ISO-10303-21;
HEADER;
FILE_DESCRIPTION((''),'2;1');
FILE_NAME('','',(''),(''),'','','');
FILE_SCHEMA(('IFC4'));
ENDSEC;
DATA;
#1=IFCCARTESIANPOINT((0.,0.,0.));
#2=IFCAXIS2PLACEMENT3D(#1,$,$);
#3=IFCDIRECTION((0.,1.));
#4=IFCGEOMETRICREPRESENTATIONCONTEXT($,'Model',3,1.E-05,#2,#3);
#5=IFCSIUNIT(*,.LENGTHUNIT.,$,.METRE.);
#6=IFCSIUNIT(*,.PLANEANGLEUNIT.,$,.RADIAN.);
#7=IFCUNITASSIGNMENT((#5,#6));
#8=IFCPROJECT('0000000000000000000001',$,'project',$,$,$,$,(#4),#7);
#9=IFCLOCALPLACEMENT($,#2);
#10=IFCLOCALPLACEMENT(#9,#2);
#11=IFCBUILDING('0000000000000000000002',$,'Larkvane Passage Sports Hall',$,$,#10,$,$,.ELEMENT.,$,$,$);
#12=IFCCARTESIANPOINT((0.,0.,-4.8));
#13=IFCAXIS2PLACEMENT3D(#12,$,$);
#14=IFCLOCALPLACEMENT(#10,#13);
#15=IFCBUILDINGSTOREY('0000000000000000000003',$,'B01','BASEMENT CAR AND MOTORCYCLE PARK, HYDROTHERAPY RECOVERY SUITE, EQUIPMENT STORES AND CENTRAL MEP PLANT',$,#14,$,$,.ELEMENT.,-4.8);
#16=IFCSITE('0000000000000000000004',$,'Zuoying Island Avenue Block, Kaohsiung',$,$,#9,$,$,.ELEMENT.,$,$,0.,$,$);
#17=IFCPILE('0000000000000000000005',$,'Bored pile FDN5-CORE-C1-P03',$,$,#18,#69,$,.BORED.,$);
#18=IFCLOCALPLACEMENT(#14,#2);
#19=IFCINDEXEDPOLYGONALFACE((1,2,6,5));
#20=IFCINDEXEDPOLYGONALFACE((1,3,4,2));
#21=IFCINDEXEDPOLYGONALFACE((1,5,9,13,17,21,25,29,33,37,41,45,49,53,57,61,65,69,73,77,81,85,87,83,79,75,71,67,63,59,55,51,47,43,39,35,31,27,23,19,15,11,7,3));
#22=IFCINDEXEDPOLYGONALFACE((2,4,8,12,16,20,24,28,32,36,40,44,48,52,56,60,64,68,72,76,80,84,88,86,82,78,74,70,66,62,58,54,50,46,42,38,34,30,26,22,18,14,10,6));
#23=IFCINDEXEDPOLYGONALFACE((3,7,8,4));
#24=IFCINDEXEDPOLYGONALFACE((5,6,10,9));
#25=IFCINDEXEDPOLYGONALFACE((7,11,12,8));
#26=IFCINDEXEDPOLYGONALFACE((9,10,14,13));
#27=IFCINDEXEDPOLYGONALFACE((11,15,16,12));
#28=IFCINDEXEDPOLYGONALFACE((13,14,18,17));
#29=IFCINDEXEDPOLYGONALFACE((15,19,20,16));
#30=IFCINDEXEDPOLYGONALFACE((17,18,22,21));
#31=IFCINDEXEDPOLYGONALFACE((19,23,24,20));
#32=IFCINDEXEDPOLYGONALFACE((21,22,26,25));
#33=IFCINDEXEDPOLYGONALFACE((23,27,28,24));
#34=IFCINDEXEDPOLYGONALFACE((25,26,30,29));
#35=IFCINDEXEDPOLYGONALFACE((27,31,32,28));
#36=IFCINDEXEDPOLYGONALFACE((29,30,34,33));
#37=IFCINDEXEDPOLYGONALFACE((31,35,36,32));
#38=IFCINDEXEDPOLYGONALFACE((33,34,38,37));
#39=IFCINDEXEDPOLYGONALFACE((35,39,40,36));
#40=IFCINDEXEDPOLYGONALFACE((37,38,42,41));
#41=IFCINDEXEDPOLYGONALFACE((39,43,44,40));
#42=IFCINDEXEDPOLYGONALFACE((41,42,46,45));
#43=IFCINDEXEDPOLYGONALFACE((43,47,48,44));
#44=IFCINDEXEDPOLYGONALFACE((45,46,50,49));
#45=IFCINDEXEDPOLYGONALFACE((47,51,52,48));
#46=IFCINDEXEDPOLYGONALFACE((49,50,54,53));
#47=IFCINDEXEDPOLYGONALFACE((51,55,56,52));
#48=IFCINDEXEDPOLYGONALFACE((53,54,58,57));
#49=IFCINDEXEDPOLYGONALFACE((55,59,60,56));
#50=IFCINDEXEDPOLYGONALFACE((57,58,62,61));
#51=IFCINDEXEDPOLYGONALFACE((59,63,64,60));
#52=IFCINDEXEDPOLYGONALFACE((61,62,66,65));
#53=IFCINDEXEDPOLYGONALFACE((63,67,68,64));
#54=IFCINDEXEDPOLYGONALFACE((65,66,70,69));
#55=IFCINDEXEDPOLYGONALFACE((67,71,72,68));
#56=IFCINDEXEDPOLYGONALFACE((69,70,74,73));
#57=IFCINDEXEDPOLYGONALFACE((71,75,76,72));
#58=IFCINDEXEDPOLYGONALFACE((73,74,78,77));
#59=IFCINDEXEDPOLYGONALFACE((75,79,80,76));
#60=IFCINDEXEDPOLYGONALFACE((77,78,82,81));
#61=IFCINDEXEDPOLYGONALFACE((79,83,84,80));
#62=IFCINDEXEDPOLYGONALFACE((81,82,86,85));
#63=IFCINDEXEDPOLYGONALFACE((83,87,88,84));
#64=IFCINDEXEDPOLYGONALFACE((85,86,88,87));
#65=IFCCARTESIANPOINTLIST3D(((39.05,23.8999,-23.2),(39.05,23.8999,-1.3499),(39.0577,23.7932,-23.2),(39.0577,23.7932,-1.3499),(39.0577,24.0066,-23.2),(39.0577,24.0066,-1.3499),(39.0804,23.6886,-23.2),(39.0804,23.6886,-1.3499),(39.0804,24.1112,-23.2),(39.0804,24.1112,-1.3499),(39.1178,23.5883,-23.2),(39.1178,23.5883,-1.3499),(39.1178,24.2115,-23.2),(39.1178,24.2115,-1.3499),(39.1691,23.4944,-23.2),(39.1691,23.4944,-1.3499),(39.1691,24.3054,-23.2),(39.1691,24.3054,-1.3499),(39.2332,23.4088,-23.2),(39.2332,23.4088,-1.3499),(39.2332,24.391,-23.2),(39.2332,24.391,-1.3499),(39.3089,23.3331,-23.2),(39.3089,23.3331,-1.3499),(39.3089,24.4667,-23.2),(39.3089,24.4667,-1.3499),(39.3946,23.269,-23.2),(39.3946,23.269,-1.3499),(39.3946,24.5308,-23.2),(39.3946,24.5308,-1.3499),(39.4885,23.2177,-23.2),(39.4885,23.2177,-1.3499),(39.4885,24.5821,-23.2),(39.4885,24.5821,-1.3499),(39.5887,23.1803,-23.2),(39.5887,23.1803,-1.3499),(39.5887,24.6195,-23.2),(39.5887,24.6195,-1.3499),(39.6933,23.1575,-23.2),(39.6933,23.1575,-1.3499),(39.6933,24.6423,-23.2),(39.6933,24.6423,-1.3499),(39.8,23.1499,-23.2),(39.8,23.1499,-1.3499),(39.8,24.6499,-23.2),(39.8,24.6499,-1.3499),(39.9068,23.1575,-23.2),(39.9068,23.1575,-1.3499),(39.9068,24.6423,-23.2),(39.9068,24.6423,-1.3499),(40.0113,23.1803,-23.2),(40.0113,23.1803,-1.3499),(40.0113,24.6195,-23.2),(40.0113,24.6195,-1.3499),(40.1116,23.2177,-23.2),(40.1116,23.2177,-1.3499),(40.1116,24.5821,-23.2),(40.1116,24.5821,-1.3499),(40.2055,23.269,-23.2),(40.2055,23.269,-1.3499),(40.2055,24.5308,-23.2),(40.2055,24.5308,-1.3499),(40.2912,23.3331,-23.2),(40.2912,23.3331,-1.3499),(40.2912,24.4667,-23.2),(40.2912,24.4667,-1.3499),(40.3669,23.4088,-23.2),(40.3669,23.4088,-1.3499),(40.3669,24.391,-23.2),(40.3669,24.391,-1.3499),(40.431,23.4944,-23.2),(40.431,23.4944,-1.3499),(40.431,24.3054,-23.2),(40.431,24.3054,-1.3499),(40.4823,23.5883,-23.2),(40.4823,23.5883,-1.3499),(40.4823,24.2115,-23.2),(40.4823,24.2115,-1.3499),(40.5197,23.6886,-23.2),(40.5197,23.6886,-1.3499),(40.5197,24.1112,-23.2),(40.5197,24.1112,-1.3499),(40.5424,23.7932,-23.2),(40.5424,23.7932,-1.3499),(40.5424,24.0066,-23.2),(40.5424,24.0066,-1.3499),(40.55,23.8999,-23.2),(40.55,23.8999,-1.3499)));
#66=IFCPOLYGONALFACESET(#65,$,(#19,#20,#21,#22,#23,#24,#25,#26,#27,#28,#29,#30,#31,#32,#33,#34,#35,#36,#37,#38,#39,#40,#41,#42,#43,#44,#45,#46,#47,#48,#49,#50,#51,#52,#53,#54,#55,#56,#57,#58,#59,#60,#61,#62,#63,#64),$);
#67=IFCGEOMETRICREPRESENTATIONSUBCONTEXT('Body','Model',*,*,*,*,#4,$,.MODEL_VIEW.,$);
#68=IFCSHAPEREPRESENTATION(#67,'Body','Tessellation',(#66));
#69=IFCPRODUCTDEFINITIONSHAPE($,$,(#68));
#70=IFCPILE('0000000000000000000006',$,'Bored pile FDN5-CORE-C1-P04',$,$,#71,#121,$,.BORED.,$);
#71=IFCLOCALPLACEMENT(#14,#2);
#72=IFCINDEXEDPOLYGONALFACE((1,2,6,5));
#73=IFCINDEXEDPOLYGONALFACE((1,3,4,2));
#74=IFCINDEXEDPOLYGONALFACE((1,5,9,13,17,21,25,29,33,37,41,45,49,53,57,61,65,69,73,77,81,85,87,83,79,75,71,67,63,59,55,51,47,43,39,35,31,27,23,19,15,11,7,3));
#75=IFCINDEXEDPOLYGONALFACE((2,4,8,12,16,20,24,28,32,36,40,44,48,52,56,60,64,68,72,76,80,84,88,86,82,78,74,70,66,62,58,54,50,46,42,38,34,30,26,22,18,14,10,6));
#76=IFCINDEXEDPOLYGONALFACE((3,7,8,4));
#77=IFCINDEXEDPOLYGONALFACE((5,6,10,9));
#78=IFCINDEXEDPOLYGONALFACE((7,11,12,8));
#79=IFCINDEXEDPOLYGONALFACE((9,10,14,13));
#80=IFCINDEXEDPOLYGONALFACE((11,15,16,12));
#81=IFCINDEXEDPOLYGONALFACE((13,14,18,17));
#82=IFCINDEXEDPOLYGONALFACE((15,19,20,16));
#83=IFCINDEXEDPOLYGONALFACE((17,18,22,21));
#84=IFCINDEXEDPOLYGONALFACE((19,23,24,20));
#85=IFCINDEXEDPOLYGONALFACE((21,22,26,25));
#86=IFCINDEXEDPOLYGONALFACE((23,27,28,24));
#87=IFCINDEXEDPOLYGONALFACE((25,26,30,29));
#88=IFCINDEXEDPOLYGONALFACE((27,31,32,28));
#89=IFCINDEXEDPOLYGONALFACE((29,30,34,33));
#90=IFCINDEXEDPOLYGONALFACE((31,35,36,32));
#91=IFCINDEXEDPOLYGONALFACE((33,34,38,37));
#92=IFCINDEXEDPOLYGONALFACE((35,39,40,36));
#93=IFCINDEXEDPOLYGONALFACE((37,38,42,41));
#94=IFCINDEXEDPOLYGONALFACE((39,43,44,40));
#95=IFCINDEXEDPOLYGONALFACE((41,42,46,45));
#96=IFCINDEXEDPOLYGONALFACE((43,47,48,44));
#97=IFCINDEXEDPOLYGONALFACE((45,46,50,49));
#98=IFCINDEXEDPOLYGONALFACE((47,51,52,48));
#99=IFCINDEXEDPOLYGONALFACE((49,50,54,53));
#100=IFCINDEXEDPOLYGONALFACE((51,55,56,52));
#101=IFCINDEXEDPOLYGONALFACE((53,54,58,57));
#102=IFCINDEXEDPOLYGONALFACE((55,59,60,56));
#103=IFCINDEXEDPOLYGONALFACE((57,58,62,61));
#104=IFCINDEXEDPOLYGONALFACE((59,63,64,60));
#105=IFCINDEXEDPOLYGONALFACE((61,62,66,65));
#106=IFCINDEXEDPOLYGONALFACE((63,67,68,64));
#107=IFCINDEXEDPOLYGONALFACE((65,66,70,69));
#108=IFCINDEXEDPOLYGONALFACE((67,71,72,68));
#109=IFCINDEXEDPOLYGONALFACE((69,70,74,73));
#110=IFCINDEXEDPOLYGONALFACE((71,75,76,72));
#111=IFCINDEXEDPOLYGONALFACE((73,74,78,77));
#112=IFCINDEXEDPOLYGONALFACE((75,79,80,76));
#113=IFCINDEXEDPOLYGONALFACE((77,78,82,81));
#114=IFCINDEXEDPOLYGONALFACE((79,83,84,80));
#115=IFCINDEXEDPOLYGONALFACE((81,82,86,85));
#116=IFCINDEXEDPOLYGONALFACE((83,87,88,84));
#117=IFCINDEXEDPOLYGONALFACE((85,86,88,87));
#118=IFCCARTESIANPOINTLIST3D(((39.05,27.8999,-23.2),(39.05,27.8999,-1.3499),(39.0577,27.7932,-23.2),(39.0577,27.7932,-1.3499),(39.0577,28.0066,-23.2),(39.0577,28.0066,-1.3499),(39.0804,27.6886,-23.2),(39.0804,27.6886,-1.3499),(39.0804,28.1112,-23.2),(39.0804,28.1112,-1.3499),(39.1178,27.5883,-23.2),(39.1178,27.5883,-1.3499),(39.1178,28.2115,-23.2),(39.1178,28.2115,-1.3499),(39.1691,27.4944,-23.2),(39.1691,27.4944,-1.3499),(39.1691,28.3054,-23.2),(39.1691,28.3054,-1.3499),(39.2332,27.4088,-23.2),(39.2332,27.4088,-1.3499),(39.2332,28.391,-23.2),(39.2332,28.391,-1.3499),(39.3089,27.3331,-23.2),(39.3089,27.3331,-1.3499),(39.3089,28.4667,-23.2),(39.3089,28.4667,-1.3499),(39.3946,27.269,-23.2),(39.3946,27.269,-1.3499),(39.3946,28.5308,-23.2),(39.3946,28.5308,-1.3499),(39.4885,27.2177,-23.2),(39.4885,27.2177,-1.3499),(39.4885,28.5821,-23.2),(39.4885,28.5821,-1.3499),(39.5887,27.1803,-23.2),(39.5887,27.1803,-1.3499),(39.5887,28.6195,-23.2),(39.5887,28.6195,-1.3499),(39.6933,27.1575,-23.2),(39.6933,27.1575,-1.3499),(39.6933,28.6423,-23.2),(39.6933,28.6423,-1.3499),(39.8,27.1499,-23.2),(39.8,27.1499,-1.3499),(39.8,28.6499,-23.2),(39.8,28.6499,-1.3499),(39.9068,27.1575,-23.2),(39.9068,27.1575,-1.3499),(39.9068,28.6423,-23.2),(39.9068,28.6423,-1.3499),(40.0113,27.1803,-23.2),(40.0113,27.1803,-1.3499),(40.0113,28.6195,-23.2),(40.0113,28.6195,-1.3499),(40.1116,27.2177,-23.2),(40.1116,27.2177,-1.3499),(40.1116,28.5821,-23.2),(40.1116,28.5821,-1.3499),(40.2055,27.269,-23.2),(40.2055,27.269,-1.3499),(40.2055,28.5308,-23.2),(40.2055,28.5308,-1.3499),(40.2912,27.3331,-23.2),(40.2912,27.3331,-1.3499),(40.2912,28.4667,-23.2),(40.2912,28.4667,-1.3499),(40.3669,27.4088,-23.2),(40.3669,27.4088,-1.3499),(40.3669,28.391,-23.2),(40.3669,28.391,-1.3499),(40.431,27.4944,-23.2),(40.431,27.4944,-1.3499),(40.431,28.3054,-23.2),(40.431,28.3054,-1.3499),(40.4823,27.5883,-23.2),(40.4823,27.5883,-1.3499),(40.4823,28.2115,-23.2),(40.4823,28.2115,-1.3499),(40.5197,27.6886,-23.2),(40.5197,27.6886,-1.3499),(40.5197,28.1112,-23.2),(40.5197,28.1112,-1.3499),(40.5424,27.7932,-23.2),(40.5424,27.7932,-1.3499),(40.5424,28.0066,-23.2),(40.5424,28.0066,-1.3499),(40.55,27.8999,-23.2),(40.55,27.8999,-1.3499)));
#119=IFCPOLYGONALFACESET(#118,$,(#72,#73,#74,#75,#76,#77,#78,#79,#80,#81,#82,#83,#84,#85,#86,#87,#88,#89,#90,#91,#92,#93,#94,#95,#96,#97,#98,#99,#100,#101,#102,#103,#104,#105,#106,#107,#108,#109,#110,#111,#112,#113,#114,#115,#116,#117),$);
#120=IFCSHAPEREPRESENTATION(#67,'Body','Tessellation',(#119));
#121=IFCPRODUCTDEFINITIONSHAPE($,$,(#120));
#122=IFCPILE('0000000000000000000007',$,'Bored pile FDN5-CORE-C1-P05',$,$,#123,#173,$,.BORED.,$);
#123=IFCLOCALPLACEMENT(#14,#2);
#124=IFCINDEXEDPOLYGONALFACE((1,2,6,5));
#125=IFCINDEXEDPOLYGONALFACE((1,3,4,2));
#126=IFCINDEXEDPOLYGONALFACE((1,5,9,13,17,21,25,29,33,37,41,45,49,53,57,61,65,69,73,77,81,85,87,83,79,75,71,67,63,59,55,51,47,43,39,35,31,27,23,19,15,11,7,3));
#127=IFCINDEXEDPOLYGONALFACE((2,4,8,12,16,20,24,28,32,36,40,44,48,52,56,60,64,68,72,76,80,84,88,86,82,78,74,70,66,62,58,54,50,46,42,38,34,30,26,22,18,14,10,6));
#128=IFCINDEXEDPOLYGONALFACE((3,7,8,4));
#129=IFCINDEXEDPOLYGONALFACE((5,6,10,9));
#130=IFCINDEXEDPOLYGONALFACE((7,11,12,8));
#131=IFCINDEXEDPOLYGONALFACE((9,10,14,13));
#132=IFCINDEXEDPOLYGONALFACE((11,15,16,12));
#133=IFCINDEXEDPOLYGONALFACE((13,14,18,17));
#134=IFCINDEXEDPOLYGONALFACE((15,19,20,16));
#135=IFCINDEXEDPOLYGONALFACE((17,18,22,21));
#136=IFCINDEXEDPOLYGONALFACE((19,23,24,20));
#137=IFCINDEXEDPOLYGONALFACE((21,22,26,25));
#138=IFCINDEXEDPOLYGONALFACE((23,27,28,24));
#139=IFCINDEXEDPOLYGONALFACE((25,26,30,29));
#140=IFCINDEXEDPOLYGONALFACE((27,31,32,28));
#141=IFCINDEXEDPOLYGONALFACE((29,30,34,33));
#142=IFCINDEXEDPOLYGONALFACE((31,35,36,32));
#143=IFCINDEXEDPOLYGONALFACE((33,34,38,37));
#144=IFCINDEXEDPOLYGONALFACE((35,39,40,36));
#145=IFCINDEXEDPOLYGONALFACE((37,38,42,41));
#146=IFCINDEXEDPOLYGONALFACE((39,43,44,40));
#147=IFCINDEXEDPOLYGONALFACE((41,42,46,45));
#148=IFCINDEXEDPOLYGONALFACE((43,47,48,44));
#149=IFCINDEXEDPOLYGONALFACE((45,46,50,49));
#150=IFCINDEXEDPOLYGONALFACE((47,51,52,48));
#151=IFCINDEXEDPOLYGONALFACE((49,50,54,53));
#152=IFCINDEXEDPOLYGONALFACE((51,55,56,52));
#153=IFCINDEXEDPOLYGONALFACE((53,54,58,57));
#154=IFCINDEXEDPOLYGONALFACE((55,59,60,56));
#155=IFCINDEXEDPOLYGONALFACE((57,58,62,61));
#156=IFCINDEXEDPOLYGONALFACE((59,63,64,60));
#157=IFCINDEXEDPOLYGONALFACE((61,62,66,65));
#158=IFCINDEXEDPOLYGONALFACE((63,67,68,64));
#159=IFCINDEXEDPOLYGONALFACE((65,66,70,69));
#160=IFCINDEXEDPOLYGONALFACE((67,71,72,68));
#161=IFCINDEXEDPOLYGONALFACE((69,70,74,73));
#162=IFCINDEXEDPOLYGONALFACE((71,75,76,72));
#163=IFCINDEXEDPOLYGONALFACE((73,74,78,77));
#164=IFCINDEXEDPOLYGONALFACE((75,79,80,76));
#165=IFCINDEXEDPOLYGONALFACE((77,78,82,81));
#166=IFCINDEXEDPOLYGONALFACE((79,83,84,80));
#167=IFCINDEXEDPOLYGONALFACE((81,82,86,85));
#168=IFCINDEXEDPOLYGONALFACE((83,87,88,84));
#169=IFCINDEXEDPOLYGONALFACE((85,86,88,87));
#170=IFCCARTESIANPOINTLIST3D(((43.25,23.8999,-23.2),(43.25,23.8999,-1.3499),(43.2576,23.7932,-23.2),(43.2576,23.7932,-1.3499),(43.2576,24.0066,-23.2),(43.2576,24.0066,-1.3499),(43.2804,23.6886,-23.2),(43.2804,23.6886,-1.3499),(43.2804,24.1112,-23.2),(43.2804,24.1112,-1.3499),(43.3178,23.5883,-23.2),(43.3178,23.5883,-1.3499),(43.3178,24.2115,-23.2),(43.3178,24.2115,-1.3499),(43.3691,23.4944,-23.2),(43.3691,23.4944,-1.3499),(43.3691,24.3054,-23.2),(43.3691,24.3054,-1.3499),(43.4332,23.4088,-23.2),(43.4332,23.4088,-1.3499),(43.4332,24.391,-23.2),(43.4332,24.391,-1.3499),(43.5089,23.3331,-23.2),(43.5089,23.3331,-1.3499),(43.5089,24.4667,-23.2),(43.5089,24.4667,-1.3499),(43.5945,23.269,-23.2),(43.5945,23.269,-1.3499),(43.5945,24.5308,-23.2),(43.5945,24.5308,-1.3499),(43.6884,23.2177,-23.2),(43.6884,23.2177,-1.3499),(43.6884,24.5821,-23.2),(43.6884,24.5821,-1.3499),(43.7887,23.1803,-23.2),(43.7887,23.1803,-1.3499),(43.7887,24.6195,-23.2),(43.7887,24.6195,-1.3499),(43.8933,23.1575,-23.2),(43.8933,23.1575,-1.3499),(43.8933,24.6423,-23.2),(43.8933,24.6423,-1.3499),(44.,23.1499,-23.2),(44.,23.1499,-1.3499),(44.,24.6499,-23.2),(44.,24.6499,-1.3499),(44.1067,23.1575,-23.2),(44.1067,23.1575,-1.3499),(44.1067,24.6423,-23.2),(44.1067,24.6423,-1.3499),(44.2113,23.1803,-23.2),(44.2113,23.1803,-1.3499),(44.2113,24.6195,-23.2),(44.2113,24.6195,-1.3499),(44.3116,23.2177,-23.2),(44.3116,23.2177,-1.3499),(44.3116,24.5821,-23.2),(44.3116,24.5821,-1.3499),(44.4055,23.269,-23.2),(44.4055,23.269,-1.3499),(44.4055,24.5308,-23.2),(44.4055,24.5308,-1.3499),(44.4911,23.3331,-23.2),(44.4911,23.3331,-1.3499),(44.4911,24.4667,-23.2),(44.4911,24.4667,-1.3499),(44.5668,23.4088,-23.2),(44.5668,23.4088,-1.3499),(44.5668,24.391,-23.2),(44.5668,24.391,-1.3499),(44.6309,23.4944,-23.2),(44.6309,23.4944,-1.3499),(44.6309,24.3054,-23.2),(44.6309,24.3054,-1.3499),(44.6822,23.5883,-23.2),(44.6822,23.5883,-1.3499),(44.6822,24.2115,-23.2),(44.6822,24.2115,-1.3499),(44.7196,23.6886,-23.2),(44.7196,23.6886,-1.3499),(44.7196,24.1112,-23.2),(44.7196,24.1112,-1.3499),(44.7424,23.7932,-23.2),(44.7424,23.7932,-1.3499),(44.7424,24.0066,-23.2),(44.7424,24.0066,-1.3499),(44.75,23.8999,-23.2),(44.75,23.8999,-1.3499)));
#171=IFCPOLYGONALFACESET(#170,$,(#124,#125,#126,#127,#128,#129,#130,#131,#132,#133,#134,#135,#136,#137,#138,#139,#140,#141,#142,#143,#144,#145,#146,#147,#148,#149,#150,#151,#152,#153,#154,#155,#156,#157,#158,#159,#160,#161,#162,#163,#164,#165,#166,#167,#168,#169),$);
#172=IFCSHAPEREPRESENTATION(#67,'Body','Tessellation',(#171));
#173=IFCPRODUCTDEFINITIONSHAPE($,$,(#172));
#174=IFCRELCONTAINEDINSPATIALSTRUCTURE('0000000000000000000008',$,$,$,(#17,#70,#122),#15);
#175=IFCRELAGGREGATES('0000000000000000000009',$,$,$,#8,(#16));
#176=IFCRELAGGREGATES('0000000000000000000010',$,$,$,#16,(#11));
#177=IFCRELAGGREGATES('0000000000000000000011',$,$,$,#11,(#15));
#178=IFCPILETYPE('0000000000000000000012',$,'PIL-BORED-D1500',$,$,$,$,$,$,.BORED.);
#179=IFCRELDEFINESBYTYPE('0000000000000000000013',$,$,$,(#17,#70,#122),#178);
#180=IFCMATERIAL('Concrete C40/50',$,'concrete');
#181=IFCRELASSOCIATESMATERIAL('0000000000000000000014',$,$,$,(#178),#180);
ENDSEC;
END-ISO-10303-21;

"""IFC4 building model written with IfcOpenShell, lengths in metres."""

from ifc_helpers import new_model, si_unit, direction, frame, origin, origin_2d, place, context, subcontext, project, spatial, circle, extrude, material, material_profile, profile_set, type_object, element, save


model = new_model("IFC4")

# Units and contexts
model_context = context("Model", 3, precision=1e-05, world=origin(), true_north=direction((0.0, 1.0)))
body_context = subcontext(model_context, "Body", "Model", "MODEL_VIEW")
ifc_project = project(units=[si_unit("LENGTHUNIT", "METRE"), si_unit("PLANEANGLEUNIT", "RADIAN")], contexts=[model_context])

# Site, building, storey
site_placement = place(None, origin())
site = spatial("IfcSite", under=ifc_project, at=site_placement, Name="Zuoying Island Avenue Block, Kaohsiung", CompositionType="ELEMENT", RefElevation=0.0)
building_placement = place(site_placement, origin())
building = spatial("IfcBuilding", under=site, at=building_placement, Name="Larkvane Passage Sports Hall", CompositionType="ELEMENT")
storey_placement = place(building_placement, frame((0.0, 0.0, -4.8)))
storey = spatial("IfcBuildingStorey", under=building, at=storey_placement, Name="B01", Description="BASEMENT CAR AND MOTORCYCLE PARK, HYDROTHERAPY RECOVERY SUITE, EQUIPMENT STORES AND CENTRAL MEP PLANT", CompositionType="ELEMENT", Elevation=-4.8)

# Shared definitions
ifc_material_1 = material(Name="Concrete C40/50", Category="concrete")

# Piles
ifc_material_profile_1 = material_profile(ifc_material_1, circle(Radius=0.75, at=origin_2d()), Name="PILE-D1500")
ifc_profile_set_1 = profile_set([ifc_material_profile_1], Name="Concrete C40/50")
pile_type_1 = type_object("IfcPileType", Name="PIL-BORED-D1500", PredefinedType="BORED", material=ifc_profile_set_1)
for number, where, z_axis, x_axis, name in (
    (1, (39.8, 23.8999, -1.3499), (0.0, 0.0, -1.0), (1.0, 0.0, 0.0), "Bored pile FDN5-CORE-C1-P03"),
    (2, (39.8, 27.8999, -1.3499), (0.0, 0.0, -1.0), (1.0, 0.0, 0.0), "Bored pile FDN5-CORE-C1-P04"),
    (3, (44.0, 23.8999, -1.3499), (0.0, 0.0, -1.0), (1.0, 0.0, 0.0), "Bored pile FDN5-CORE-C1-P05"),
):
    element("IfcPile", number, at=place(storey_placement, frame(where, z_axis=z_axis, x_axis=x_axis)), inside=storey, type_object=pile_type_1, Name=name, PredefinedType="BORED", context=body_context, shape_type="SweptSolid", body=[
        extrude(circle(Radius=0.75, at=origin_2d()), origin(), (0.0, 0.0, 1.0), 21.8501),
    ])

save(model, "model.ifc")
